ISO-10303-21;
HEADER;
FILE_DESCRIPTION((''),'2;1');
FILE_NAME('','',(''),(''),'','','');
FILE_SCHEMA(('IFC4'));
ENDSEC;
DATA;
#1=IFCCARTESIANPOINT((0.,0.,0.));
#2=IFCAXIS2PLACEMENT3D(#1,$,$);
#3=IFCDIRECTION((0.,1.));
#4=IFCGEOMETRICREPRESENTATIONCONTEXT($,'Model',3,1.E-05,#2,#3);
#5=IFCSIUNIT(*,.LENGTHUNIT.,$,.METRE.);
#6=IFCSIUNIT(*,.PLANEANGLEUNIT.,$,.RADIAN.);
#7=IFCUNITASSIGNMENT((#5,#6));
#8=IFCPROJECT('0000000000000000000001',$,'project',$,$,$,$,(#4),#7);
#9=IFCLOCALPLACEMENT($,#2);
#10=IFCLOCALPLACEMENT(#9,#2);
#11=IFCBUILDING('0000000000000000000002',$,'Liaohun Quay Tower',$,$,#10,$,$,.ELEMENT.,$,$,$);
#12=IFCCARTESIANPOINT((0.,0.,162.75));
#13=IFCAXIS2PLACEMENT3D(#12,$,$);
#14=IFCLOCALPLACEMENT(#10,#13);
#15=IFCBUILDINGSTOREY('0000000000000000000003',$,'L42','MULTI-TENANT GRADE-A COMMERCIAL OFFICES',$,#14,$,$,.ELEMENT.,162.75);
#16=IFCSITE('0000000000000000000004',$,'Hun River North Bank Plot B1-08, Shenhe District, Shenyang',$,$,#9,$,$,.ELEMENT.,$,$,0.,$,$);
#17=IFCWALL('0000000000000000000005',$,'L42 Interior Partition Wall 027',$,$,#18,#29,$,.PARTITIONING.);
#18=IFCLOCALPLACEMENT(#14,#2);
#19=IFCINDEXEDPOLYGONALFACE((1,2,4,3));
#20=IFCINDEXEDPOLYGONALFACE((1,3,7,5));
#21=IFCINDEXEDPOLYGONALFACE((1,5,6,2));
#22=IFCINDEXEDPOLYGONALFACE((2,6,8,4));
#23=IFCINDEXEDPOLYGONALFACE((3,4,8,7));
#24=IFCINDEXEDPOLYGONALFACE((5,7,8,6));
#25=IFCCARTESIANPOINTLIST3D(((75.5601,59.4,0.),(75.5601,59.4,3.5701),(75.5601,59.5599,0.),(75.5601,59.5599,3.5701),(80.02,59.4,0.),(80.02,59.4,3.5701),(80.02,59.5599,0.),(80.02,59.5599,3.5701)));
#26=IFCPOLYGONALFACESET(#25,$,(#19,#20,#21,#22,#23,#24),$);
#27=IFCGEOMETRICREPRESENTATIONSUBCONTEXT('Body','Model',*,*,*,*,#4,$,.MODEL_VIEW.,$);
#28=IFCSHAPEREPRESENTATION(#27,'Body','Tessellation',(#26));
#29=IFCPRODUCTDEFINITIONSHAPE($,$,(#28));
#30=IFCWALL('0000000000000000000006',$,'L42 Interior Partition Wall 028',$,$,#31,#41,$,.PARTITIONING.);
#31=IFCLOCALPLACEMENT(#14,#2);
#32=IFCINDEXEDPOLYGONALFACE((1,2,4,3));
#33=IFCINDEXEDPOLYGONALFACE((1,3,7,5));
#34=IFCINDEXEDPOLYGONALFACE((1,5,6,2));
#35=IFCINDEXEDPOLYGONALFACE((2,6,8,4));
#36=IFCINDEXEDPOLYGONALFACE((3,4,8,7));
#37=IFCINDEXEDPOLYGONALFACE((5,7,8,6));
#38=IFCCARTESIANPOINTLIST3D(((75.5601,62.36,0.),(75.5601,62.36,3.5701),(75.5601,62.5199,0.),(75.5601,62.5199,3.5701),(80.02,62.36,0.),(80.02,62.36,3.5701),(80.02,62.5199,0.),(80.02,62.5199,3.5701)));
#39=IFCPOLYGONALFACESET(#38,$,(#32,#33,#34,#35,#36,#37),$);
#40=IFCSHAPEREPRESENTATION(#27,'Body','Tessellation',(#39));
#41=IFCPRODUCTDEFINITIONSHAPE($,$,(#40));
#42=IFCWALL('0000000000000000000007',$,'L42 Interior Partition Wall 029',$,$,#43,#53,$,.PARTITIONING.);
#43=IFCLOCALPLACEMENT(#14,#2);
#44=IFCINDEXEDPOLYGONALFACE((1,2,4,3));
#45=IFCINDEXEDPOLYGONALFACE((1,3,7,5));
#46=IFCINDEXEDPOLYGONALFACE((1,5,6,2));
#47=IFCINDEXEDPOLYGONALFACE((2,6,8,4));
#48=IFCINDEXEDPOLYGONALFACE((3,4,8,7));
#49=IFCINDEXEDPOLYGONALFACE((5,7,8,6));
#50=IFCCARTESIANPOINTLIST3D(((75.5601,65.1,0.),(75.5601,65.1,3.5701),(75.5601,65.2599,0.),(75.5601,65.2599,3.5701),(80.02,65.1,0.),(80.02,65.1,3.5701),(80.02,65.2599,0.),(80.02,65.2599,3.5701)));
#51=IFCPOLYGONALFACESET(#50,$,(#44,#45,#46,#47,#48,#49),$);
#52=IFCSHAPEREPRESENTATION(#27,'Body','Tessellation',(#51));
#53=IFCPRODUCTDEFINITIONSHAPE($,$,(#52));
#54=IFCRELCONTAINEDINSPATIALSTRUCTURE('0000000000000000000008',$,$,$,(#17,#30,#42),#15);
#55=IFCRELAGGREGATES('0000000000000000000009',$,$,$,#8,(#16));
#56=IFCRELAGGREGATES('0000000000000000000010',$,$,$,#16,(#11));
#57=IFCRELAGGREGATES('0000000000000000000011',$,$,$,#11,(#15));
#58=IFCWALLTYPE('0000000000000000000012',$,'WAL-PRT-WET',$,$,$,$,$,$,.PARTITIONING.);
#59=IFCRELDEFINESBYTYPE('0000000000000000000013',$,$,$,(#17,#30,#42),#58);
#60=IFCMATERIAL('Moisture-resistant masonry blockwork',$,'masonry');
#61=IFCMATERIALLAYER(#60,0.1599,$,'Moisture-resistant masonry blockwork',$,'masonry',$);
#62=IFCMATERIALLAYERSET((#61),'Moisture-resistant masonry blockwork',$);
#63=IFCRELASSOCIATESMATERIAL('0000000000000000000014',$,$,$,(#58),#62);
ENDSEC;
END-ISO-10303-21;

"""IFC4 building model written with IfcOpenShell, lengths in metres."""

from ifc_helpers import new_model, si_unit, direction, frame, frame_2d, origin, place, context, subcontext, project, spatial, rectangle, extrude, material, layer, layer_set, type_object, element, save


model = new_model("IFC4")

# Units and contexts
model_context = context("Model", 3, precision=1e-05, world=origin(), true_north=direction((0.0, 1.0)))
body_context = subcontext(model_context, "Body", "Model", "MODEL_VIEW")
ifc_project = project(units=[si_unit("LENGTHUNIT", "METRE"), si_unit("PLANEANGLEUNIT", "RADIAN")], contexts=[model_context])

# Site, building, storey
site_placement = place(None, origin())
site = spatial("IfcSite", under=ifc_project, at=site_placement, Name="Hun River North Bank Plot B1-08, Shenhe District, Shenyang", CompositionType="ELEMENT", RefElevation=0.0)
building_placement = place(site_placement, origin())
building = spatial("IfcBuilding", under=site, at=building_placement, Name="Liaohun Quay Tower", CompositionType="ELEMENT")
storey_placement = place(building_placement, frame((0.0, 0.0, 162.75)))
storey = spatial("IfcBuildingStorey", under=building, at=storey_placement, Name="L42", Description="MULTI-TENANT GRADE-A COMMERCIAL OFFICES", CompositionType="ELEMENT", Elevation=162.75)

# Shared definitions
ifc_material_1 = material(Name="Moisture-resistant masonry blockwork", Category="masonry")
ifc_layer_1 = layer(ifc_material_1, 0.1599, Name="Moisture-resistant masonry blockwork", Category="masonry")
ifc_layer_set_1 = layer_set([ifc_layer_1], Name="Moisture-resistant masonry blockwork")
wall_type_1 = type_object("IfcWallType", Name="WAL-PRT-WET", PredefinedType="PARTITIONING", material=ifc_layer_set_1)

# Walls
for number, where, z_axis, x_axis, name in (
    (1, (75.5601, 59.48, 0.0), (0.0, 0.0, 1.0), (1.0, 0.0, 0.0), "L42 Interior Partition Wall 027"),
    (2, (75.5601, 62.4399, 0.0), (0.0, 0.0, 1.0), (1.0, 0.0, 0.0), "L42 Interior Partition Wall 028"),
    (3, (75.5601, 65.1799, 0.0), (0.0, 0.0, 1.0), (1.0, 0.0, 0.0), "L42 Interior Partition Wall 029"),
):
    element("IfcWall", number, at=place(storey_placement, frame(where, z_axis=z_axis, x_axis=x_axis)), inside=storey, type_object=wall_type_1, Name=name, PredefinedType="PARTITIONING", context=body_context, shape_type="SweptSolid", body=[
        extrude(rectangle(XDim=4.46, YDim=0.1599, at=frame_2d((2.23, 0.0))), origin(), (0.0, 0.0, 1.0), 3.5701),
    ])

save(model, "model.ifc")
